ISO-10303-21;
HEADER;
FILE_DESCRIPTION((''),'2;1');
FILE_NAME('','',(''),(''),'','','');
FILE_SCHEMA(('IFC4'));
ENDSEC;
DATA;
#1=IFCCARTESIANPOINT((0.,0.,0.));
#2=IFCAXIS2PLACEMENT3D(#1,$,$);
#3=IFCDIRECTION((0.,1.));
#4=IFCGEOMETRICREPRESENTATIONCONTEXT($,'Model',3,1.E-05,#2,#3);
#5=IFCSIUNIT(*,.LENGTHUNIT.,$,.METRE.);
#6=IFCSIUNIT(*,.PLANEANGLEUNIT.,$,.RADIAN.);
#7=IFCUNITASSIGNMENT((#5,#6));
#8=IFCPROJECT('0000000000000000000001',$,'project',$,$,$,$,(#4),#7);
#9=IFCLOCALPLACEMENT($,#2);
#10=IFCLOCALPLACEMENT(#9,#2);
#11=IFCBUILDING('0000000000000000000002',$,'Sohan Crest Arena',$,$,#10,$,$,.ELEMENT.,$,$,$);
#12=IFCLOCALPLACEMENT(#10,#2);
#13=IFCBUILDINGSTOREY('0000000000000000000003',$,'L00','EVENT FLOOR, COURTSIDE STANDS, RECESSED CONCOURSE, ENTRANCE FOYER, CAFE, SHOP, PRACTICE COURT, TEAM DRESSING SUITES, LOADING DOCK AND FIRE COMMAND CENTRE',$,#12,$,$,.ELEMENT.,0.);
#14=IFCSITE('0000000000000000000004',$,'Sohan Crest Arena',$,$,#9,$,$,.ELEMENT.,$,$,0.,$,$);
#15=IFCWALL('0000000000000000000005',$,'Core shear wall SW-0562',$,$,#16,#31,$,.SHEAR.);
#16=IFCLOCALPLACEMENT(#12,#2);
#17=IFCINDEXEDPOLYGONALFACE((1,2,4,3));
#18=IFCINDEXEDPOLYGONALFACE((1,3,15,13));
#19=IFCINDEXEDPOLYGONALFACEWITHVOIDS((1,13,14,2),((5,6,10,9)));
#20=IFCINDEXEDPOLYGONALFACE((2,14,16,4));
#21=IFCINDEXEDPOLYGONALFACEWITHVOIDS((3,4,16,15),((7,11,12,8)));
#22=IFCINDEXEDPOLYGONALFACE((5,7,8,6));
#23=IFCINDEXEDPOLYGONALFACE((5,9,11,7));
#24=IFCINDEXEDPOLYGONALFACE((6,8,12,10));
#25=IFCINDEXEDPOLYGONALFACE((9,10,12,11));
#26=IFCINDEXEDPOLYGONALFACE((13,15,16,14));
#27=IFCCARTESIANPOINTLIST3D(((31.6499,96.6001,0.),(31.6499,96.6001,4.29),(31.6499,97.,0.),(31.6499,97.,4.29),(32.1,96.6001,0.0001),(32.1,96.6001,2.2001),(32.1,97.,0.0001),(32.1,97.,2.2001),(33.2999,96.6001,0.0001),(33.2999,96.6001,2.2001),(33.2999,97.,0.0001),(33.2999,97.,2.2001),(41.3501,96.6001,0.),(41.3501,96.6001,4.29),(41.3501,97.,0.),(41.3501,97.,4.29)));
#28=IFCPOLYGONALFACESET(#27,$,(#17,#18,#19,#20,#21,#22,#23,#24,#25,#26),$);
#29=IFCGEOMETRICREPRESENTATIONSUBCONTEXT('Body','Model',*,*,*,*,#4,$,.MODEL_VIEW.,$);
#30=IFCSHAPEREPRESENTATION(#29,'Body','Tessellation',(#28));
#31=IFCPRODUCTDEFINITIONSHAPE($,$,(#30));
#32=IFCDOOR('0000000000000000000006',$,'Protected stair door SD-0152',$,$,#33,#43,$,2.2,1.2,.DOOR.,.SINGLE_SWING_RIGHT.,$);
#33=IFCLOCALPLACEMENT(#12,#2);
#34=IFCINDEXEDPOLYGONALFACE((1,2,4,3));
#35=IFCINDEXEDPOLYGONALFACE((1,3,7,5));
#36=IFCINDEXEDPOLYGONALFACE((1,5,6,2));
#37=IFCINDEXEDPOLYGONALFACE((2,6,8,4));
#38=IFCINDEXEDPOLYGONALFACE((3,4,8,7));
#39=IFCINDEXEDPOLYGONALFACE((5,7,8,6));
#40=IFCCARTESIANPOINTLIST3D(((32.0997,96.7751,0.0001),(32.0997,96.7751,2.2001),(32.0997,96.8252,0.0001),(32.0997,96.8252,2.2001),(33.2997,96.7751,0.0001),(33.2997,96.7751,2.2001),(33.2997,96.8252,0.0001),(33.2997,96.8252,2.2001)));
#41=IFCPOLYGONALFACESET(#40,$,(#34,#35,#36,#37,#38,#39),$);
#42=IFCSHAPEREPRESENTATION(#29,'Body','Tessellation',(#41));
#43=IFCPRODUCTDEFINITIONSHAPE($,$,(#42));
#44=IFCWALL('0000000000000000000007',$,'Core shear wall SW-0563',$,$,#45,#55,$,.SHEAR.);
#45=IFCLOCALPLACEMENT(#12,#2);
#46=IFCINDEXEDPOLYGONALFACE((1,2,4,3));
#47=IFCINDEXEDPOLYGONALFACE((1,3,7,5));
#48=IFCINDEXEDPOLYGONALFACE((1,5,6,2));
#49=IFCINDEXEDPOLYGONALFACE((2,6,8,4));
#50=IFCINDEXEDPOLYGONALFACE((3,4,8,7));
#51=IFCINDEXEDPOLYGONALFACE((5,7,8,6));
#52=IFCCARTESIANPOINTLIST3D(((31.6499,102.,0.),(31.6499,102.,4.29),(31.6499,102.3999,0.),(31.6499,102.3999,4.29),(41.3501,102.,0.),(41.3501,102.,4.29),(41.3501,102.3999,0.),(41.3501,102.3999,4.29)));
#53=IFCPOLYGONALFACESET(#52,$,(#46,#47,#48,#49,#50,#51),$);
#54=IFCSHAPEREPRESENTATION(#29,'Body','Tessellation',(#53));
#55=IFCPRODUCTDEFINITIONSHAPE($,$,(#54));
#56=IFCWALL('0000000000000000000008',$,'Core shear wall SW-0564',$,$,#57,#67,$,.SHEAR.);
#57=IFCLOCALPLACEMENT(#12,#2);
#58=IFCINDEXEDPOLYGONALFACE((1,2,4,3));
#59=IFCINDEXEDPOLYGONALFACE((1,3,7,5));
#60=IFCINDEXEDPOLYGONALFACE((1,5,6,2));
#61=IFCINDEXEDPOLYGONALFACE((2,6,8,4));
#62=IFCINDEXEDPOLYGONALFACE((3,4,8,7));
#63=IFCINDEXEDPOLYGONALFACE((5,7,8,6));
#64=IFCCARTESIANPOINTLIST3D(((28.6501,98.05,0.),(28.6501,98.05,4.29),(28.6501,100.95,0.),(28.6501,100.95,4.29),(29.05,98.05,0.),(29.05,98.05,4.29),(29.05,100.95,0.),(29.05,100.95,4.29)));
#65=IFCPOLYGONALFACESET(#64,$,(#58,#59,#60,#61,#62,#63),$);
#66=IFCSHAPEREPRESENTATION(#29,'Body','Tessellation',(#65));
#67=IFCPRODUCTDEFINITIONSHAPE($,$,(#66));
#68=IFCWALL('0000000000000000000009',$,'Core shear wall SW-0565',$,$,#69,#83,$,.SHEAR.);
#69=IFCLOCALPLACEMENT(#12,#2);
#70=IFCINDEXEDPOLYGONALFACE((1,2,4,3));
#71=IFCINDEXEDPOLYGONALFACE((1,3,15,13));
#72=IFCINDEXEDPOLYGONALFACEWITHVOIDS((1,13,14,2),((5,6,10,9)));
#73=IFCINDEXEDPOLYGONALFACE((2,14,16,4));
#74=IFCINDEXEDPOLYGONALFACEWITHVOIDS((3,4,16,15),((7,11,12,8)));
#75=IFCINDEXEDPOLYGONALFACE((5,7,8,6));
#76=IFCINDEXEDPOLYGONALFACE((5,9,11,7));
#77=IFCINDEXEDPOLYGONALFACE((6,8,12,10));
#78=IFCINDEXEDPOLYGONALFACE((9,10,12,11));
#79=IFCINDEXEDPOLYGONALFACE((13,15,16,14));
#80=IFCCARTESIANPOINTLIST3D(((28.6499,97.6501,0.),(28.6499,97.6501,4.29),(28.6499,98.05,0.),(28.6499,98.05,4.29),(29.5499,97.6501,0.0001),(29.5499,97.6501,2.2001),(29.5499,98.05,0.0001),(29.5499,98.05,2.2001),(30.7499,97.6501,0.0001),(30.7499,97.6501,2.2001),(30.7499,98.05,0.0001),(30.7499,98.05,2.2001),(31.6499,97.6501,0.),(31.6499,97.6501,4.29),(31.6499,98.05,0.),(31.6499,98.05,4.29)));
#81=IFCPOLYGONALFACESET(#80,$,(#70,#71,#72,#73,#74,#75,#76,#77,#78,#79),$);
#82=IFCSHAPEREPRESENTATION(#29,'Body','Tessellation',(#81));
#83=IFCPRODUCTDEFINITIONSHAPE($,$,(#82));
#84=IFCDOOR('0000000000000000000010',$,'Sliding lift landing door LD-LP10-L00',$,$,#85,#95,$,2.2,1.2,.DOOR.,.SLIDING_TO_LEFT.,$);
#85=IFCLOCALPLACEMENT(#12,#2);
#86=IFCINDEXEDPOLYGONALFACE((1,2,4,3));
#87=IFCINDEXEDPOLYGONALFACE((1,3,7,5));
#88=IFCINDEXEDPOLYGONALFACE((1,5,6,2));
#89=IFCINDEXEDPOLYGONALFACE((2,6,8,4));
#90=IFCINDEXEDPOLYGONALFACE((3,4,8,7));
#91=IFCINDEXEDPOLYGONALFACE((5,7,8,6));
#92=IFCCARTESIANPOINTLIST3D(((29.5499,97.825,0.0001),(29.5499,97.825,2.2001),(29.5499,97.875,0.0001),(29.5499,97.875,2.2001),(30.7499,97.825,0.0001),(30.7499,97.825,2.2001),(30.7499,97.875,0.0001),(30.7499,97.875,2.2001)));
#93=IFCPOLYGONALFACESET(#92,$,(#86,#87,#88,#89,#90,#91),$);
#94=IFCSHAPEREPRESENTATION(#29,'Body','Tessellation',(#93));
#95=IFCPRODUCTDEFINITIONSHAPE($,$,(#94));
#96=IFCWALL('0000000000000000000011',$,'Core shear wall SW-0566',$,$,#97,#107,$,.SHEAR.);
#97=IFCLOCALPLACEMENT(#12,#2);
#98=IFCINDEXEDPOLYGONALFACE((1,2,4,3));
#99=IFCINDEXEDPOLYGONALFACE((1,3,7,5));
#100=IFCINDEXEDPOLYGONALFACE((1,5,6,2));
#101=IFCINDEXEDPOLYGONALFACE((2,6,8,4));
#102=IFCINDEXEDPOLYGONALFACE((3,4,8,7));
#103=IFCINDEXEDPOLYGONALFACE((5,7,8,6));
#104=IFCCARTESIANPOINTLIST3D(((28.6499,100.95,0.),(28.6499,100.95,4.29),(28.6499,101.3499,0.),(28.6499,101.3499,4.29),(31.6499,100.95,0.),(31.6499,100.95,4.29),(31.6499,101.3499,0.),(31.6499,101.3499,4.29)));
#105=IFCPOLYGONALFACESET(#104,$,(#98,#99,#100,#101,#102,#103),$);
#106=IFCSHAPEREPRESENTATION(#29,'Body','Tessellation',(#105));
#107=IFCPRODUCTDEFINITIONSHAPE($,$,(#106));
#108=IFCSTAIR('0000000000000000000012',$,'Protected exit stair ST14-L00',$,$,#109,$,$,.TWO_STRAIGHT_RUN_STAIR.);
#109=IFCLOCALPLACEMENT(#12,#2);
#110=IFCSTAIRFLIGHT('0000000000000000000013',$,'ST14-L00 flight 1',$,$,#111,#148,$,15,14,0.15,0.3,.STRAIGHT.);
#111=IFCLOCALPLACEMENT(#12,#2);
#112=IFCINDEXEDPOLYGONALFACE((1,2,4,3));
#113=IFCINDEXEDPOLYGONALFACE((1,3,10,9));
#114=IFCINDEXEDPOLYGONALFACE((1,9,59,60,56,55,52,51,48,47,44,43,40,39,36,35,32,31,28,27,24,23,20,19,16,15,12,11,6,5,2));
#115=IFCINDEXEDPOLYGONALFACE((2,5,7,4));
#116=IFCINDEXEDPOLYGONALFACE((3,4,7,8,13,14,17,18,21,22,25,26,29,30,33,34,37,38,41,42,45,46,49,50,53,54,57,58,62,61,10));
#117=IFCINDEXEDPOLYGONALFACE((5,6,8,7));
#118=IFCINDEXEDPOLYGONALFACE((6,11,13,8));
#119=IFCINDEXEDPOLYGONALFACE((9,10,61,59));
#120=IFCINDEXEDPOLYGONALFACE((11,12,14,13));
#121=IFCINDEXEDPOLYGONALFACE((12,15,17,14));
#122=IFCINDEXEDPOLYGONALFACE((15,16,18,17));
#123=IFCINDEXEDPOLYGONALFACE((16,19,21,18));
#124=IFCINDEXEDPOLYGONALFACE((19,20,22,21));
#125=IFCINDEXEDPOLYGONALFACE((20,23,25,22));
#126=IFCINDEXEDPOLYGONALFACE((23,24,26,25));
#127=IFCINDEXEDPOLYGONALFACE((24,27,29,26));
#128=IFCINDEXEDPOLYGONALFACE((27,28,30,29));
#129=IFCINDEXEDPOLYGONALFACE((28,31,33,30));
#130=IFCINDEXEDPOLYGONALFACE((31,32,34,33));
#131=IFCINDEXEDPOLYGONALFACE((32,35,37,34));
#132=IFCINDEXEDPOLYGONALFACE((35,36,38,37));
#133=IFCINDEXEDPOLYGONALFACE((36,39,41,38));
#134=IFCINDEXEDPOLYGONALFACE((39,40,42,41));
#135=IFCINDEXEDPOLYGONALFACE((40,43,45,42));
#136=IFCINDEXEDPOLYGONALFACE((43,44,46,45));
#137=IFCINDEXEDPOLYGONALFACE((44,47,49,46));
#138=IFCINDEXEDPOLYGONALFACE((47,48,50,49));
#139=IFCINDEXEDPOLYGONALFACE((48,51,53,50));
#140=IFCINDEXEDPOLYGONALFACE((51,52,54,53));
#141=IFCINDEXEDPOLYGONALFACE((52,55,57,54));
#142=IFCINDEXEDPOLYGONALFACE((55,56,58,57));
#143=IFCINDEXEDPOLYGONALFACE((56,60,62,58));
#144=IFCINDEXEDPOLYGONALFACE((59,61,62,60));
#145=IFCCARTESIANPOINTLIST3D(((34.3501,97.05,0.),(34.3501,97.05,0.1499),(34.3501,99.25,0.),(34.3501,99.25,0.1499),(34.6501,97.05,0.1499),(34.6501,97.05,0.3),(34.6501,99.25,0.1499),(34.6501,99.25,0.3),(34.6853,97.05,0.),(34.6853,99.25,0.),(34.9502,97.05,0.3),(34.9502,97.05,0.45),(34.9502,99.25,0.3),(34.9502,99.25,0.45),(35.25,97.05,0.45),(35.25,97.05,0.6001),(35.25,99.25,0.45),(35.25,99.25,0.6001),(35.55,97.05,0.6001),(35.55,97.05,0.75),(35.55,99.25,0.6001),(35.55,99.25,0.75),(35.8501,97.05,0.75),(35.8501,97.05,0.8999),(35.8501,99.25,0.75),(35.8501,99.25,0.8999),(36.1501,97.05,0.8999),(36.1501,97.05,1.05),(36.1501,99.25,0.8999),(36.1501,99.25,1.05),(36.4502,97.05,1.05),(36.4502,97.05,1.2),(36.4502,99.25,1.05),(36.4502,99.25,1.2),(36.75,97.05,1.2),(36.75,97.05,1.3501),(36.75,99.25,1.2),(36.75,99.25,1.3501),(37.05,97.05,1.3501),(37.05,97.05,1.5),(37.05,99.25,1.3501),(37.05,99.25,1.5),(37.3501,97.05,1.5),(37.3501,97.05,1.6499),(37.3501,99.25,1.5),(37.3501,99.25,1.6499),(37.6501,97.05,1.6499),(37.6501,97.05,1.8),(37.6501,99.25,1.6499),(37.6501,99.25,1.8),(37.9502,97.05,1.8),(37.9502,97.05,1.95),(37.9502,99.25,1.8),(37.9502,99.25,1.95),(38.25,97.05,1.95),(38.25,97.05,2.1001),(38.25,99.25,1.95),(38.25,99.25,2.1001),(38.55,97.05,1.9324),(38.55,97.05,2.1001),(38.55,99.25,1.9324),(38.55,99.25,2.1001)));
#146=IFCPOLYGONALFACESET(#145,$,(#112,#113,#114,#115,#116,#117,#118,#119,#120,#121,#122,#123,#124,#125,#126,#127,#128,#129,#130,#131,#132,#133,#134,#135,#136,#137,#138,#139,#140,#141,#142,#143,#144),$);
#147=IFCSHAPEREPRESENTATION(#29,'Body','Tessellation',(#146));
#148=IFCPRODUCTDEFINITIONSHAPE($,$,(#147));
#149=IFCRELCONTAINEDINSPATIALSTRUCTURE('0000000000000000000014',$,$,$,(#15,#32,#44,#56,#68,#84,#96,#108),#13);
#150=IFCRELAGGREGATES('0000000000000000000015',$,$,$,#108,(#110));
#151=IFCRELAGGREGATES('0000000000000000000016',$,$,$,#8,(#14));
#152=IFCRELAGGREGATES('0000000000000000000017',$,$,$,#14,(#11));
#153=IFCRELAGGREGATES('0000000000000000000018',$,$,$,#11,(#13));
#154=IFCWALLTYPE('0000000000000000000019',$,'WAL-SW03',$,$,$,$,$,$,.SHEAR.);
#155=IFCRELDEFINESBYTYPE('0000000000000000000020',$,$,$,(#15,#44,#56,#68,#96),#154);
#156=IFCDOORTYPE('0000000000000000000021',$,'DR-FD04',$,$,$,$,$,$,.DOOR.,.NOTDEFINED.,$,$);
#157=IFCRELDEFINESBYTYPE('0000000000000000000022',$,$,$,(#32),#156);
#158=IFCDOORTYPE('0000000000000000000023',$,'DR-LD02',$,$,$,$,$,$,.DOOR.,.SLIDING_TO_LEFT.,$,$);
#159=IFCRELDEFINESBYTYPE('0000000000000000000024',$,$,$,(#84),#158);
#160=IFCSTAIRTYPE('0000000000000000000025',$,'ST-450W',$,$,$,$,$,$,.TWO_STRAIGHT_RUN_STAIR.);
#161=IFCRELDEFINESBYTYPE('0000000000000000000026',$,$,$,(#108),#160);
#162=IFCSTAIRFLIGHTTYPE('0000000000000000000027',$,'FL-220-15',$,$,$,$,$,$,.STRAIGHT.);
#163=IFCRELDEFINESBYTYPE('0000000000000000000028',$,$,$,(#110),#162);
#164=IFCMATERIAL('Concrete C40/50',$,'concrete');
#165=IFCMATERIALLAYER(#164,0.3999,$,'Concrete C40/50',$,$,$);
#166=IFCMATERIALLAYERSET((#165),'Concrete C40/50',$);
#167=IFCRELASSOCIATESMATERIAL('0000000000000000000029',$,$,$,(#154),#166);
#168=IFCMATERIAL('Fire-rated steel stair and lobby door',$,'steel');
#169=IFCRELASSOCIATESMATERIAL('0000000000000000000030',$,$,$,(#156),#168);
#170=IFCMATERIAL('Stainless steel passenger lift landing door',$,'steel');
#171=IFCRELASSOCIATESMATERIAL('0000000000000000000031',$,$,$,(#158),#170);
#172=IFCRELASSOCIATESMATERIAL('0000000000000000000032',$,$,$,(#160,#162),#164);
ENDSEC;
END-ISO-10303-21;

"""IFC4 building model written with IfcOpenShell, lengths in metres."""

from ifc_helpers import new_model, si_unit, direction, frame, frame_2d, origin, place, context, subcontext, project, spatial, polyline, rectangle, outline, extrude, material, layer, layer_set, type_object, element, fill, aggregate, save


model = new_model("IFC4")

# Units and contexts
model_context = context("Model", 3, precision=1e-05, world=origin(), true_north=direction((0.0, 1.0)))
body_context = subcontext(model_context, "Body", "Model", "MODEL_VIEW")
ifc_project = project(units=[si_unit("LENGTHUNIT", "METRE"), si_unit("PLANEANGLEUNIT", "RADIAN")], contexts=[model_context])

# Site, building, storey
site_placement = place(None, origin())
site = spatial("IfcSite", under=ifc_project, at=site_placement, Name="Sohan Crest Arena", CompositionType="ELEMENT", RefElevation=0.0)
building_placement = place(site_placement, origin())
building = spatial("IfcBuilding", under=site, at=building_placement, Name="Sohan Crest Arena", CompositionType="ELEMENT")
storey_placement = place(building_placement, origin())
storey = spatial("IfcBuildingStorey", under=building, at=storey_placement, Name="L00", Description="EVENT FLOOR, COURTSIDE STANDS, RECESSED CONCOURSE, ENTRANCE FOYER, CAFE, SHOP, PRACTICE COURT, TEAM DRESSING SUITES, LOADING DOCK AND FIRE COMMAND CENTRE", CompositionType="ELEMENT", Elevation=0.0)

# Shared definitions
ifc_material_1 = material(Name="Concrete C40/50", Category="concrete")

# Shared definitions
ifc_layer_1 = layer(ifc_material_1, 0.3999, Name="Concrete C40/50")
ifc_layer_set_1 = layer_set([ifc_layer_1], Name="Concrete C40/50")
wall_type = type_object("IfcWallType", Name="WAL-SW03", PredefinedType="SHEAR", material=ifc_layer_set_1)

# Wall, opening, door
wall_1_placement = place(storey_placement, frame((31.6499, 96.8, 0.0), z_axis=(0.0, 0.0, 1.0), x_axis=(1.0, 0.0, 0.0)))
wall_1 = element("IfcWall", 1, at=wall_1_placement, inside=storey, type_object=wall_type, Name="Core shear wall SW-0562", PredefinedType="SHEAR", context=body_context, shape_type="SweptSolid", body=[
    extrude(rectangle(XDim=9.7002, YDim=0.3999, at=frame_2d((4.8501, 0.0))), origin(), (0.0, 0.0, 1.0), 4.29),
])
opening_1_placement = place(wall_1_placement, frame((0.45, 0.0, 0.0)))
opening_1 = element("IfcOpeningElement", 2, at=opening_1_placement, cuts=wall_1, PredefinedType="OPENING", context=body_context, shape_type="SweptSolid", body=[
    extrude(rectangle(XDim=1.2, YDim=2.2, at=frame_2d((0.6001, 1.1001))), frame((0.0, 0.21, 0.0), z_axis=(0.0, -1.0, 0.0), x_axis=(1.0, 0.0, 0.0)), (0.0, 0.0, 1.0), 0.4199),
])
ifc_material_2 = material(Name="Fire-rated steel stair and lobby door", Category="steel")
door_type_1 = type_object("IfcDoorType", Name="DR-FD04", OperationType="NOTDEFINED", PredefinedType="DOOR", material=ifc_material_2)
door_1_placement = place(opening_1_placement, frame((1.2, 0.0, 0.0), z_axis=(0.0, 0.0, 1.0), x_axis=(-1.0, 0.0, 0.0)))
door_1 = element("IfcDoor", 3, at=door_1_placement, inside=storey, type_object=door_type_1, Name="Protected stair door SD-0152", OperationType="SINGLE_SWING_RIGHT", OverallHeight=2.2, OverallWidth=1.2, PredefinedType="DOOR", context=body_context, shape_type="SweptSolid", body=[
    extrude(rectangle(XDim=1.2, YDim=2.2, at=frame_2d((0.6001, 1.1001))), frame((0.0, 0.0249, 0.0), z_axis=(0.0, -1.0, 0.0), x_axis=(1.0, 0.0, 0.0)), (0.0, 0.0, 1.0), 0.05),
])
fill(opening_1, door_1)

# Walls
wall_2_placement = place(storey_placement, frame((31.6499, 102.2, 0.0), z_axis=(0.0, 0.0, 1.0), x_axis=(1.0, 0.0, 0.0)))
element("IfcWall", 4, at=wall_2_placement, inside=storey, type_object=wall_type, Name="Core shear wall SW-0563", PredefinedType="SHEAR", context=body_context, shape_type="SweptSolid", body=[
    extrude(rectangle(XDim=9.7002, YDim=0.3999, at=frame_2d((4.8501, 0.0))), origin(), (0.0, 0.0, 1.0), 4.29),
])
wall_3_placement = place(storey_placement, frame((28.8501, 98.05, 0.0), z_axis=(0.0, 0.0, 1.0), x_axis=(0.0, 1.0, 0.0)))
element("IfcWall", 5, at=wall_3_placement, inside=storey, type_object=wall_type, Name="Core shear wall SW-0564", PredefinedType="SHEAR", context=body_context, shape_type="SweptSolid", body=[
    extrude(rectangle(XDim=2.8999, YDim=0.3999, at=frame_2d((1.45, 0.0))), origin(), (0.0, 0.0, 1.0), 4.29),
])

# Wall, opening, door
wall_4_placement = place(storey_placement, frame((28.6499, 97.8501, 0.0), z_axis=(0.0, 0.0, 1.0), x_axis=(1.0, 0.0, 0.0)))
wall_4 = element("IfcWall", 6, at=wall_4_placement, inside=storey, type_object=wall_type, Name="Core shear wall SW-0565", PredefinedType="SHEAR", context=body_context, shape_type="SweptSolid", body=[
    extrude(rectangle(XDim=3.0, YDim=0.3999, at=frame_2d((1.5, 0.0))), origin(), (0.0, 0.0, 1.0), 4.29),
])
opening_2_placement = place(wall_4_placement, frame((0.8999, 0.0, 0.0)))
opening_2 = element("IfcOpeningElement", 7, at=opening_2_placement, cuts=wall_4, PredefinedType="OPENING", context=body_context, shape_type="SweptSolid", body=[
    extrude(rectangle(XDim=1.2, YDim=2.2, at=frame_2d((0.6001, 1.1001))), frame((0.0, 0.21, 0.0), z_axis=(0.0, -1.0, 0.0), x_axis=(1.0, 0.0, 0.0)), (0.0, 0.0, 1.0), 0.4199),
])
ifc_material_3 = material(Name="Stainless steel passenger lift landing door", Category="steel")
door_type_2 = type_object("IfcDoorType", Name="DR-LD02", OperationType="SLIDING_TO_LEFT", PredefinedType="DOOR", material=ifc_material_3)
door_2_placement = place(opening_2_placement, origin())
door_2 = element("IfcDoor", 8, at=door_2_placement, inside=storey, type_object=door_type_2, Name="Sliding lift landing door LD-LP10-L00", OperationType="SLIDING_TO_LEFT", OverallHeight=2.2, OverallWidth=1.2, PredefinedType="DOOR", context=body_context, shape_type="SweptSolid", body=[
    extrude(rectangle(XDim=1.2, YDim=2.2, at=frame_2d((0.6001, 1.1001))), frame((0.0, 0.0249, 0.0), z_axis=(0.0, -1.0, 0.0), x_axis=(1.0, 0.0, 0.0)), (0.0, 0.0, 1.0), 0.05),
])
fill(opening_2, door_2)

# Wall
wall_5_placement = place(storey_placement, frame((28.6499, 101.1499, 0.0), z_axis=(0.0, 0.0, 1.0), x_axis=(1.0, 0.0, 0.0)))
element("IfcWall", 9, at=wall_5_placement, inside=storey, type_object=wall_type, Name="Core shear wall SW-0566", PredefinedType="SHEAR", context=body_context, shape_type="SweptSolid", body=[
    extrude(rectangle(XDim=3.0, YDim=0.3999, at=frame_2d((1.5, 0.0))), origin(), (0.0, 0.0, 1.0), 4.29),
])

# Stair, stair flight
stair_type = type_object("IfcStairType", Name="ST-450W", PredefinedType="TWO_STRAIGHT_RUN_STAIR", material=ifc_material_1)
stair_placement = place(storey_placement, origin())
stair = element("IfcStair", 10, at=stair_placement, inside=storey, type_object=stair_type, Name="Protected exit stair ST14-L00", PredefinedType="TWO_STRAIGHT_RUN_STAIR")
stair_flight_type = type_object("IfcStairFlightType", Name="FL-220-15", PredefinedType="STRAIGHT", material=ifc_material_1)
stair_flight_1_placement = place(storey_placement, frame((34.3501, 98.1499, 0.0), z_axis=(0.0, 0.0, 1.0), x_axis=(1.0, 0.0, 0.0)))
stair_flight_1 = element("IfcStairFlight", 11, at=stair_flight_1_placement, type_object=stair_flight_type, Name="ST14-L00 flight 1", NumberOfRisers=15, NumberOfTreads=14, PredefinedType="STRAIGHT", RiserHeight=0.15, TreadLength=0.3, context=body_context, shape_type="SweptSolid", body=[
    extrude(outline(polyline([(0.0, 0.0), (0.0, 0.1499), (0.3, 0.1499), (0.3, 0.3), (0.6001, 0.3), (0.6001, 0.45), (0.8999, 0.45), (0.8999, 0.6001), (1.2, 0.6001), (1.2, 0.75), (1.5, 0.75), (1.5, 0.8999), (1.8, 0.8999), (1.8, 1.05), (2.1001, 1.05), (2.1001, 1.2), (2.3999, 1.2), (2.3999, 1.3501), (2.7, 1.3501), (2.7, 1.5), (3.0, 1.5), (3.0, 1.6499), (3.3, 1.6499), (3.3, 1.8), (3.6001, 1.8), (3.6001, 1.95), (3.8999, 1.95), (3.8999, 2.1001), (4.2, 2.1001), (4.2, 2.25), (4.2, 1.9324), (0.3352, 0.0), (0.0, 0.0)])), frame((0.0, 1.1001, 0.0), z_axis=(0.0, -1.0, 0.0), x_axis=(1.0, 0.0, 0.0)), (0.0, 0.0, 1.0), 2.2),
])
aggregate(stair, [stair_flight_1])

save(model, "model.ifc")
